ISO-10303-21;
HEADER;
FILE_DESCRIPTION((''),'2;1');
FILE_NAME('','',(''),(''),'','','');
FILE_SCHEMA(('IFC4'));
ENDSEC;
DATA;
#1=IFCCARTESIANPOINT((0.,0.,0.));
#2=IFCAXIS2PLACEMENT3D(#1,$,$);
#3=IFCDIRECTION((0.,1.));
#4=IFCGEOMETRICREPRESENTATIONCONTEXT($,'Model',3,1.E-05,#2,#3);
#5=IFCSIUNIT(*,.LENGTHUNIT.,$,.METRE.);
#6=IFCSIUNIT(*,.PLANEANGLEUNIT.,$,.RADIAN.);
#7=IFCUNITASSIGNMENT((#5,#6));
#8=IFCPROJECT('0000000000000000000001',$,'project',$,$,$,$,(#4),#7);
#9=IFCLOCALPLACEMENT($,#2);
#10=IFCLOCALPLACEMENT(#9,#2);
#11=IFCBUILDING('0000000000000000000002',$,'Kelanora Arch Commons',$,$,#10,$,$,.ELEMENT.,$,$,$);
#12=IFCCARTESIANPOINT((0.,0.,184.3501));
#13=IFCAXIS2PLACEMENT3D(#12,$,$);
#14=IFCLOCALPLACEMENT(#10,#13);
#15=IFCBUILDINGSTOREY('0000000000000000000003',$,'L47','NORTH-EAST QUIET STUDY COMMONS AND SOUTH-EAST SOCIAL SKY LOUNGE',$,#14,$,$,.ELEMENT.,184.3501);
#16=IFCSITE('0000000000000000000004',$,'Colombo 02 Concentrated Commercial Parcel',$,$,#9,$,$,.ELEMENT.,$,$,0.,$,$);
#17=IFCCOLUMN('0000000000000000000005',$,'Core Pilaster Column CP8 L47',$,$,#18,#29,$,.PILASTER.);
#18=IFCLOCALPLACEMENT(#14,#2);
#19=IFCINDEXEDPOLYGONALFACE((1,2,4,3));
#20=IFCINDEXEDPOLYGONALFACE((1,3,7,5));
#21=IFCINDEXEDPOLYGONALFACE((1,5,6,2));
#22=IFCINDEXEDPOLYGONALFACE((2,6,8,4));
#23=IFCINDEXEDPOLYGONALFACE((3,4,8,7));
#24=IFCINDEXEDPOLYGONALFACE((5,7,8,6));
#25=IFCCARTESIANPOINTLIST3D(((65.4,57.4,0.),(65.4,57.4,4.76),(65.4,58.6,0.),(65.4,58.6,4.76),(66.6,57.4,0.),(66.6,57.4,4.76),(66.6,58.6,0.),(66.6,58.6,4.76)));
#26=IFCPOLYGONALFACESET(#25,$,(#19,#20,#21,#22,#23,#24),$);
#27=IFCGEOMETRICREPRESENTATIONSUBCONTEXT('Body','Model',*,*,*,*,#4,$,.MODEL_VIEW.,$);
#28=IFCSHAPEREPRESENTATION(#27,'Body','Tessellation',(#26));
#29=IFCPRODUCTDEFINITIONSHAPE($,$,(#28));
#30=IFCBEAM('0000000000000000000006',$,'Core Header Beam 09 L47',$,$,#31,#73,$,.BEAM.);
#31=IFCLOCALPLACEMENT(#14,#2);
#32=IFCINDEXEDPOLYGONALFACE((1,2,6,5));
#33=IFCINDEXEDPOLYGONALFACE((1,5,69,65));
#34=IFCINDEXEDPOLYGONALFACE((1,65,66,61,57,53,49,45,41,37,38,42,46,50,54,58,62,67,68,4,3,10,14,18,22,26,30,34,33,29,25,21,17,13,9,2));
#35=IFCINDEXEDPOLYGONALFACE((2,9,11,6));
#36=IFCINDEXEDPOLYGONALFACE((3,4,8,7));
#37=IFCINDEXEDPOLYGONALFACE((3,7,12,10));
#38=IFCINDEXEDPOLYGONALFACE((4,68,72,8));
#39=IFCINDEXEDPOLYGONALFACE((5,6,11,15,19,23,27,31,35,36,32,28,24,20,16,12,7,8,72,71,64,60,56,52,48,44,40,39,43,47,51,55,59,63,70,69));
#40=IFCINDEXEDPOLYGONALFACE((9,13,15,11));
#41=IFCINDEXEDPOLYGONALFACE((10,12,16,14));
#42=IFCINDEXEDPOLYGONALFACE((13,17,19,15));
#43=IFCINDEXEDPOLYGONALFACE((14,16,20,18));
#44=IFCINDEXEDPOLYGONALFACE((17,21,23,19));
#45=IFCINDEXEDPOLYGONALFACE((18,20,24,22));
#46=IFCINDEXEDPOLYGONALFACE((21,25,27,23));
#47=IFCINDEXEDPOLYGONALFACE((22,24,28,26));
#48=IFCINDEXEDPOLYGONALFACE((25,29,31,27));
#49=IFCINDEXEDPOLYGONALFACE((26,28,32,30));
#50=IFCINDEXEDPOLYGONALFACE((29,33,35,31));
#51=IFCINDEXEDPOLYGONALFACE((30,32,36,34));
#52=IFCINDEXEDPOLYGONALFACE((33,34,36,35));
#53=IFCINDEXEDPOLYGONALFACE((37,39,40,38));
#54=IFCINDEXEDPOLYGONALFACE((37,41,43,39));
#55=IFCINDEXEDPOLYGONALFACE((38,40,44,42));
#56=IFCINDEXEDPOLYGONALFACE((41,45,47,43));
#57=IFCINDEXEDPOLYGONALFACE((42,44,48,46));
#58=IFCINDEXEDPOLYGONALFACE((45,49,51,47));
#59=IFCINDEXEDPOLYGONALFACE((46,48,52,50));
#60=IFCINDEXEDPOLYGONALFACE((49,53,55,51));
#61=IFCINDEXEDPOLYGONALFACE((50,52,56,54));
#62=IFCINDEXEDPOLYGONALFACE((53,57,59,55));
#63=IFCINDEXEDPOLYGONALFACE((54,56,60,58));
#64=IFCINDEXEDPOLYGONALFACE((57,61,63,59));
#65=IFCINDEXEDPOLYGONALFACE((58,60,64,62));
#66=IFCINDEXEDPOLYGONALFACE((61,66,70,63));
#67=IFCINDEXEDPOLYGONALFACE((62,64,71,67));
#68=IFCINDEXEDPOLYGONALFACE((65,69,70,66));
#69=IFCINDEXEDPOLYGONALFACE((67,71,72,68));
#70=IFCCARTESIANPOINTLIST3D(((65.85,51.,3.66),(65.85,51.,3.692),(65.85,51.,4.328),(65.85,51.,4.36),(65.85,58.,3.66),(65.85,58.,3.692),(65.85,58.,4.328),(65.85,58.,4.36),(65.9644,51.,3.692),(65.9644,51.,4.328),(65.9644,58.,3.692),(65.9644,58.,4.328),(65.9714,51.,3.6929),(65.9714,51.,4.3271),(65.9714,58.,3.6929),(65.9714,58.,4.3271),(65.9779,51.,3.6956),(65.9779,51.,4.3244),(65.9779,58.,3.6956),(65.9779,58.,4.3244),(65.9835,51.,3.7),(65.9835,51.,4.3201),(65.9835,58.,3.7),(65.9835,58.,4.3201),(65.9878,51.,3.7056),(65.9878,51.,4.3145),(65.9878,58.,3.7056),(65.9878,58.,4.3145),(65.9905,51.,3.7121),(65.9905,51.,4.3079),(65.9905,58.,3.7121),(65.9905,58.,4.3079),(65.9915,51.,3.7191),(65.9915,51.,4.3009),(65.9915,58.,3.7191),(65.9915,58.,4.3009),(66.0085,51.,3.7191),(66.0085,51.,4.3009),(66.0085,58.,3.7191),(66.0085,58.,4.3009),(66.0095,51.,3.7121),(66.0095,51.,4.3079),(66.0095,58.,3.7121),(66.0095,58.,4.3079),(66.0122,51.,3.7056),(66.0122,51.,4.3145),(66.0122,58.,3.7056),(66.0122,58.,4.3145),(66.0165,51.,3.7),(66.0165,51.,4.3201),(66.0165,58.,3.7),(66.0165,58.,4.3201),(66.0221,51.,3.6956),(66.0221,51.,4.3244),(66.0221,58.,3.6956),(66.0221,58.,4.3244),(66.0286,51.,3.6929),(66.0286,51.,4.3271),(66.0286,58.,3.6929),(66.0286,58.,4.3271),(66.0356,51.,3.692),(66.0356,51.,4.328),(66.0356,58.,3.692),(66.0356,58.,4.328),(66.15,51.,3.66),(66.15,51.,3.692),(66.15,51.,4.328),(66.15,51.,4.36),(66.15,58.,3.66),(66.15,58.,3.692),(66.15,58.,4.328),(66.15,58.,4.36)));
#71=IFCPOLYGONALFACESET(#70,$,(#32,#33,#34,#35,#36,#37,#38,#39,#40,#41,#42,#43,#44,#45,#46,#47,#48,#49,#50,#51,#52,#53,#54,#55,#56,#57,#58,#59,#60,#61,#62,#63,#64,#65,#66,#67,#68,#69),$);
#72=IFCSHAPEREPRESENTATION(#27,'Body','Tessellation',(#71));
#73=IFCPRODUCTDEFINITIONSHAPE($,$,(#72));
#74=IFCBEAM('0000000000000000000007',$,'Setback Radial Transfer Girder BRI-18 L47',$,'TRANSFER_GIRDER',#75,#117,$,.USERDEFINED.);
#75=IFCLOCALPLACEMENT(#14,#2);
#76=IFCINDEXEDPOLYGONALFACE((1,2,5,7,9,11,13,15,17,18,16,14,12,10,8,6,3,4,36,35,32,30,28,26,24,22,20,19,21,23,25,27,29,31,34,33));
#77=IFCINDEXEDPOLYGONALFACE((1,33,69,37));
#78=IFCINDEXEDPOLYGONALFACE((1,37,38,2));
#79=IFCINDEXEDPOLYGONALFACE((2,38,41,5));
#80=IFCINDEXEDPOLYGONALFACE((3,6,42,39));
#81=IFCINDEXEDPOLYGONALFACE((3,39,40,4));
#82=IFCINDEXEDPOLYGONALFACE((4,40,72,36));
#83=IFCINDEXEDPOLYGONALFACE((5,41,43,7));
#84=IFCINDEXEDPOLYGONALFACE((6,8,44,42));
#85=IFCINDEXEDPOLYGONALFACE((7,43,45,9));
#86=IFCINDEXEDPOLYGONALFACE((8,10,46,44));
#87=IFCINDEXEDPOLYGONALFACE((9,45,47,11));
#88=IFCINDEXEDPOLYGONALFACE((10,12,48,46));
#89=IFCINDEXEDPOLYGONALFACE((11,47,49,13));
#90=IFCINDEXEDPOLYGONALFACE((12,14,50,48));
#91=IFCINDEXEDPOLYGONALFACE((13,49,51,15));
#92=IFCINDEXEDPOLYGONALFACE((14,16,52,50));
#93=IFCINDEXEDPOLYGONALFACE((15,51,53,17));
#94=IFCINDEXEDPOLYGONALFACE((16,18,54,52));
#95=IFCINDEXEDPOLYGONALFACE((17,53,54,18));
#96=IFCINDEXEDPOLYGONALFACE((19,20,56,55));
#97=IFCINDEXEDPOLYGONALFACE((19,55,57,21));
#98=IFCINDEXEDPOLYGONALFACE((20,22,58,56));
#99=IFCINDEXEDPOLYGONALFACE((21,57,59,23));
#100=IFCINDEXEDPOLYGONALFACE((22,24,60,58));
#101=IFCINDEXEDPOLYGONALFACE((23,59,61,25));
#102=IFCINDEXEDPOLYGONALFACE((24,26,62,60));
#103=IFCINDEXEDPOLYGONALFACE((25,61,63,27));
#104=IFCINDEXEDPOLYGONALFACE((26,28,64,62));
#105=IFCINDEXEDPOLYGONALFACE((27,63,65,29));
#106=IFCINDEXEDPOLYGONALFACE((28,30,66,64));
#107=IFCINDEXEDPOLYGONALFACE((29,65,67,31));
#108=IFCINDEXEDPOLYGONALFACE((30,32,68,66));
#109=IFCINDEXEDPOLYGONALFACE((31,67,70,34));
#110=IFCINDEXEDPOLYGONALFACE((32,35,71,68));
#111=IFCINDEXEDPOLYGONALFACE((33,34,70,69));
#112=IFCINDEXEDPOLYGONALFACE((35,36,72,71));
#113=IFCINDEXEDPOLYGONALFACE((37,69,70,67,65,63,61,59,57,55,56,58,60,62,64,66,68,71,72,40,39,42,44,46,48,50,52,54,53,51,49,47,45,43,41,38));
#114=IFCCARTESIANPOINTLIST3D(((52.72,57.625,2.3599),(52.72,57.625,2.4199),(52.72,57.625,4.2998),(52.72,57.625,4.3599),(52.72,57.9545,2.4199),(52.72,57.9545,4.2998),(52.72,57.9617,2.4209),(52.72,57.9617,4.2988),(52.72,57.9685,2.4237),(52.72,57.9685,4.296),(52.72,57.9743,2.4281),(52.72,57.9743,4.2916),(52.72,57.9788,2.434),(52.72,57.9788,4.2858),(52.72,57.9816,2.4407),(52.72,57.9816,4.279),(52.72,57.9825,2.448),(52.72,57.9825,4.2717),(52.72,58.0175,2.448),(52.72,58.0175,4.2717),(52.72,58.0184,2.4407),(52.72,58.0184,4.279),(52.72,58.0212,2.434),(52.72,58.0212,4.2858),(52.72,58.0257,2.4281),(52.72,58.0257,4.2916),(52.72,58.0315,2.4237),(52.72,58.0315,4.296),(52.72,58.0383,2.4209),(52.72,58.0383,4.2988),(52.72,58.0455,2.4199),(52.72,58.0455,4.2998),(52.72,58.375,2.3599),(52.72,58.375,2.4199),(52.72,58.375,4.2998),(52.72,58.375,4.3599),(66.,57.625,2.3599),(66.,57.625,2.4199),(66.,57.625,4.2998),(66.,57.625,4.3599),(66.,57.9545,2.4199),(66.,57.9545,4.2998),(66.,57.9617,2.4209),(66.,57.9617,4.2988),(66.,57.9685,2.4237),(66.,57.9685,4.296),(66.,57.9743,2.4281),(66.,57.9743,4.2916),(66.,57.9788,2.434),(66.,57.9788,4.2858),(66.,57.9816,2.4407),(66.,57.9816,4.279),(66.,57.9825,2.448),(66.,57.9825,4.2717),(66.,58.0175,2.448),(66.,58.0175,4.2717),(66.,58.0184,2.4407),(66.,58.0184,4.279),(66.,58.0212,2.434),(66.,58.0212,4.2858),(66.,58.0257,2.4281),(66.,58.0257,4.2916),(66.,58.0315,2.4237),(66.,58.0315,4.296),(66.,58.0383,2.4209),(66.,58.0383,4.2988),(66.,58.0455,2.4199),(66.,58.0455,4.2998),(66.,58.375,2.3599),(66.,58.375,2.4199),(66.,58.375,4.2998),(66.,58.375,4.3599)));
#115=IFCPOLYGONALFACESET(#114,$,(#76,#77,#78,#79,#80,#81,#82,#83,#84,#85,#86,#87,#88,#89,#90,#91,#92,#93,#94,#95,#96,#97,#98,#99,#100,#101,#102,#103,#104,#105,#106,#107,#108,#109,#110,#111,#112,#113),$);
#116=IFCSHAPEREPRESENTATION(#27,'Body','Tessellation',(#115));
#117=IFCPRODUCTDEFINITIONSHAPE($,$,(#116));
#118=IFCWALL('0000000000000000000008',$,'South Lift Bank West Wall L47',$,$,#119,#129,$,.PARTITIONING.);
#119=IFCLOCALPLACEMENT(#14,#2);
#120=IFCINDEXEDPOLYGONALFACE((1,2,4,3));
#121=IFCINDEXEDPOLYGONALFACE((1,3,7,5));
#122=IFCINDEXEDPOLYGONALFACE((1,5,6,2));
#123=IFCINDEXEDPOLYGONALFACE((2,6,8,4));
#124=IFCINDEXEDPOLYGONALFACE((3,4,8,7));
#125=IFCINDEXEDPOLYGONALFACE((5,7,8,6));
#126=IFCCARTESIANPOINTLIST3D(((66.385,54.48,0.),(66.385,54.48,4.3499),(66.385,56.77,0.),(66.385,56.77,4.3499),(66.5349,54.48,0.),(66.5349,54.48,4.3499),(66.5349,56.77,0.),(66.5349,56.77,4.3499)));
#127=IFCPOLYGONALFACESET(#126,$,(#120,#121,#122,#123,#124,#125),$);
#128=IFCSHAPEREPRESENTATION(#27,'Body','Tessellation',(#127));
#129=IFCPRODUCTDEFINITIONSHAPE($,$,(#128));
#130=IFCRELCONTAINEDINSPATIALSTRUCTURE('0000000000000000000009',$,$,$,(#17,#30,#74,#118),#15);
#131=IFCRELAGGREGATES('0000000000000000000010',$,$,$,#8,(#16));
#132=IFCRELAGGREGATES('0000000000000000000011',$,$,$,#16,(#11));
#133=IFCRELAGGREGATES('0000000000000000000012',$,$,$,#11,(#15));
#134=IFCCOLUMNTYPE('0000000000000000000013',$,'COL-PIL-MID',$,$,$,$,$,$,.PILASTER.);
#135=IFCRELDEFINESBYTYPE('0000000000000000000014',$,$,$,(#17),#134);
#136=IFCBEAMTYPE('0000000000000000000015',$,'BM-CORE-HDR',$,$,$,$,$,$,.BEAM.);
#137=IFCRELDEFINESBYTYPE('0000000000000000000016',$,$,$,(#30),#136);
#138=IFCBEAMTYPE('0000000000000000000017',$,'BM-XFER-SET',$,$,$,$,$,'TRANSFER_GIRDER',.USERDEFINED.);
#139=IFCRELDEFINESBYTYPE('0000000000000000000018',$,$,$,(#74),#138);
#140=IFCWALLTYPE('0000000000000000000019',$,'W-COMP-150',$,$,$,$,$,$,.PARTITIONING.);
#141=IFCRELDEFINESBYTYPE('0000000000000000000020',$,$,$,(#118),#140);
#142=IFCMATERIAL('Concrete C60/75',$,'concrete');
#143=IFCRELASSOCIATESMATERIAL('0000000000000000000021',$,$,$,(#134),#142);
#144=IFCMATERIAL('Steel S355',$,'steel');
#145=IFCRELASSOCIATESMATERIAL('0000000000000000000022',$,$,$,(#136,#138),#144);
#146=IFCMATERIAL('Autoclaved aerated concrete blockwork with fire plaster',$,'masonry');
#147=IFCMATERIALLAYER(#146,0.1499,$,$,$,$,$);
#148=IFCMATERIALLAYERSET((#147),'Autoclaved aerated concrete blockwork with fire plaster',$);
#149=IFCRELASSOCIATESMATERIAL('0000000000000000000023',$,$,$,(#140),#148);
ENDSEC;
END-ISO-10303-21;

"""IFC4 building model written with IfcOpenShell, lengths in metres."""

from ifc_helpers import new_model, si_unit, direction, frame, frame_2d, origin, origin_2d, place, context, subcontext, project, spatial, rectangle, i_section, extrude, material, layer, layer_set, material_profile, profile_set, type_object, element, save


model = new_model("IFC4")

# Units and contexts
model_context = context("Model", 3, precision=1e-05, world=origin(), true_north=direction((0.0, 1.0)))
body_context = subcontext(model_context, "Body", "Model", "MODEL_VIEW")
ifc_project = project(units=[si_unit("LENGTHUNIT", "METRE"), si_unit("PLANEANGLEUNIT", "RADIAN")], contexts=[model_context])

# Site, building, storey
site_placement = place(None, origin())
site = spatial("IfcSite", under=ifc_project, at=site_placement, Name="Colombo 02 Concentrated Commercial Parcel", CompositionType="ELEMENT", RefElevation=0.0)
building_placement = place(site_placement, origin())
building = spatial("IfcBuilding", under=site, at=building_placement, Name="Kelanora Arch Commons", CompositionType="ELEMENT")
storey_placement = place(building_placement, frame((0.0, 0.0, 184.3501)))
storey = spatial("IfcBuildingStorey", under=building, at=storey_placement, Name="L47", Description="NORTH-EAST QUIET STUDY COMMONS AND SOUTH-EAST SOCIAL SKY LOUNGE", CompositionType="ELEMENT", Elevation=184.3501)

# Column
ifc_material_1 = material(Name="Concrete C60/75", Category="concrete")
ifc_material_profile_1 = material_profile(ifc_material_1, rectangle(XDim=1.2, YDim=1.2, at=origin_2d()), Name="RC1200x1200")
ifc_profile_set_1 = profile_set([ifc_material_profile_1], Name="Concrete C60/75")
column_type = type_object("IfcColumnType", Name="COL-PIL-MID", PredefinedType="PILASTER", material=ifc_profile_set_1)
column_placement = place(storey_placement, frame((66.0, 58.0, 0.0), z_axis=(0.0, 0.0, 1.0), x_axis=(1.0, 0.0, 0.0)))
element("IfcColumn", 1, at=column_placement, inside=storey, type_object=column_type, Name="Core Pilaster Column CP8 L47", PredefinedType="PILASTER", context=body_context, shape_type="SweptSolid", body=[
    extrude(rectangle(XDim=1.2, YDim=1.2, at=origin_2d()), origin(), (0.0, 0.0, 1.0), 4.76),
])

# Beams
ifc_material_2 = material(Name="Steel S355", Category="steel")
ifc_material_profile_2 = material_profile(ifc_material_2, i_section(OverallWidth=0.3, OverallDepth=0.7, WebThickness=0.0171, FlangeThickness=0.032, FilletRadius=0.0271, at=origin_2d()), Name="HEB700")
ifc_profile_set_2 = profile_set([ifc_material_profile_2], Name="Steel S355")
beam_type_1 = type_object("IfcBeamType", Name="BM-CORE-HDR", PredefinedType="BEAM", material=ifc_profile_set_2)
beam_1_placement = place(storey_placement, frame((66.0, 58.0, 4.01), z_axis=(0.0, -1.0, 0.0), x_axis=(1.0, 0.0, 0.0)))
element("IfcBeam", 2, at=beam_1_placement, inside=storey, type_object=beam_type_1, Name="Core Header Beam 09 L47", PredefinedType="BEAM", context=body_context, shape_type="SweptSolid", body=[
    extrude(i_section(OverallWidth=0.3, OverallDepth=0.7, WebThickness=0.0171, FlangeThickness=0.032, FilletRadius=0.0271, at=origin_2d()), origin(), (0.0, 0.0, 1.0), 7.0),
])
ifc_material_profile_3 = material_profile(ifc_material_2, i_section(OverallWidth=0.75, OverallDepth=2.0, WebThickness=0.0349, FlangeThickness=0.0601, FilletRadius=0.0281, at=origin_2d()), Name="PG2000x750")
ifc_profile_set_3 = profile_set([ifc_material_profile_3], Name="Steel S355")
beam_type_2 = type_object("IfcBeamType", Name="BM-XFER-SET", ElementType="TRANSFER_GIRDER", PredefinedType="USERDEFINED", material=ifc_profile_set_3)
beam_2_placement = place(storey_placement, frame((66.0, 58.0, 3.3599), z_axis=(-1.0, 0.0, 0.0), x_axis=(0.0, -1.0, 0.0)))
element("IfcBeam", 3, at=beam_2_placement, inside=storey, type_object=beam_type_2, Name="Setback Radial Transfer Girder BRI-18 L47", ObjectType="TRANSFER_GIRDER", PredefinedType="USERDEFINED", context=body_context, shape_type="SweptSolid", body=[
    extrude(i_section(OverallWidth=0.75, OverallDepth=2.0, WebThickness=0.0349, FlangeThickness=0.0601, FilletRadius=0.0281, at=origin_2d()), origin(), (0.0, 0.0, 1.0), 13.28),
])

# Wall
ifc_material_3 = material(Name="Autoclaved aerated concrete blockwork with fire plaster", Category="masonry")
ifc_layer_1 = layer(ifc_material_3, 0.1499)
ifc_layer_set_1 = layer_set([ifc_layer_1], Name="Autoclaved aerated concrete blockwork with fire plaster")
wall_type_1 = type_object("IfcWallType", Name="W-COMP-150", PredefinedType="PARTITIONING", material=ifc_layer_set_1)
wall_1_placement = place(storey_placement, frame((66.46, 54.48, 0.0), z_axis=(0.0, 0.0, 1.0), x_axis=(0.0, 1.0, 0.0)))
element("IfcWall", 4, at=wall_1_placement, inside=storey, type_object=wall_type_1, Name="South Lift Bank West Wall L47", PredefinedType="PARTITIONING", context=body_context, shape_type="SweptSolid", body=[
    extrude(rectangle(XDim=2.29, YDim=0.1499, at=frame_2d((1.145, 0.0))), origin(), (0.0, 0.0, 1.0), 4.3499),
])

save(model, "model.ifc")
